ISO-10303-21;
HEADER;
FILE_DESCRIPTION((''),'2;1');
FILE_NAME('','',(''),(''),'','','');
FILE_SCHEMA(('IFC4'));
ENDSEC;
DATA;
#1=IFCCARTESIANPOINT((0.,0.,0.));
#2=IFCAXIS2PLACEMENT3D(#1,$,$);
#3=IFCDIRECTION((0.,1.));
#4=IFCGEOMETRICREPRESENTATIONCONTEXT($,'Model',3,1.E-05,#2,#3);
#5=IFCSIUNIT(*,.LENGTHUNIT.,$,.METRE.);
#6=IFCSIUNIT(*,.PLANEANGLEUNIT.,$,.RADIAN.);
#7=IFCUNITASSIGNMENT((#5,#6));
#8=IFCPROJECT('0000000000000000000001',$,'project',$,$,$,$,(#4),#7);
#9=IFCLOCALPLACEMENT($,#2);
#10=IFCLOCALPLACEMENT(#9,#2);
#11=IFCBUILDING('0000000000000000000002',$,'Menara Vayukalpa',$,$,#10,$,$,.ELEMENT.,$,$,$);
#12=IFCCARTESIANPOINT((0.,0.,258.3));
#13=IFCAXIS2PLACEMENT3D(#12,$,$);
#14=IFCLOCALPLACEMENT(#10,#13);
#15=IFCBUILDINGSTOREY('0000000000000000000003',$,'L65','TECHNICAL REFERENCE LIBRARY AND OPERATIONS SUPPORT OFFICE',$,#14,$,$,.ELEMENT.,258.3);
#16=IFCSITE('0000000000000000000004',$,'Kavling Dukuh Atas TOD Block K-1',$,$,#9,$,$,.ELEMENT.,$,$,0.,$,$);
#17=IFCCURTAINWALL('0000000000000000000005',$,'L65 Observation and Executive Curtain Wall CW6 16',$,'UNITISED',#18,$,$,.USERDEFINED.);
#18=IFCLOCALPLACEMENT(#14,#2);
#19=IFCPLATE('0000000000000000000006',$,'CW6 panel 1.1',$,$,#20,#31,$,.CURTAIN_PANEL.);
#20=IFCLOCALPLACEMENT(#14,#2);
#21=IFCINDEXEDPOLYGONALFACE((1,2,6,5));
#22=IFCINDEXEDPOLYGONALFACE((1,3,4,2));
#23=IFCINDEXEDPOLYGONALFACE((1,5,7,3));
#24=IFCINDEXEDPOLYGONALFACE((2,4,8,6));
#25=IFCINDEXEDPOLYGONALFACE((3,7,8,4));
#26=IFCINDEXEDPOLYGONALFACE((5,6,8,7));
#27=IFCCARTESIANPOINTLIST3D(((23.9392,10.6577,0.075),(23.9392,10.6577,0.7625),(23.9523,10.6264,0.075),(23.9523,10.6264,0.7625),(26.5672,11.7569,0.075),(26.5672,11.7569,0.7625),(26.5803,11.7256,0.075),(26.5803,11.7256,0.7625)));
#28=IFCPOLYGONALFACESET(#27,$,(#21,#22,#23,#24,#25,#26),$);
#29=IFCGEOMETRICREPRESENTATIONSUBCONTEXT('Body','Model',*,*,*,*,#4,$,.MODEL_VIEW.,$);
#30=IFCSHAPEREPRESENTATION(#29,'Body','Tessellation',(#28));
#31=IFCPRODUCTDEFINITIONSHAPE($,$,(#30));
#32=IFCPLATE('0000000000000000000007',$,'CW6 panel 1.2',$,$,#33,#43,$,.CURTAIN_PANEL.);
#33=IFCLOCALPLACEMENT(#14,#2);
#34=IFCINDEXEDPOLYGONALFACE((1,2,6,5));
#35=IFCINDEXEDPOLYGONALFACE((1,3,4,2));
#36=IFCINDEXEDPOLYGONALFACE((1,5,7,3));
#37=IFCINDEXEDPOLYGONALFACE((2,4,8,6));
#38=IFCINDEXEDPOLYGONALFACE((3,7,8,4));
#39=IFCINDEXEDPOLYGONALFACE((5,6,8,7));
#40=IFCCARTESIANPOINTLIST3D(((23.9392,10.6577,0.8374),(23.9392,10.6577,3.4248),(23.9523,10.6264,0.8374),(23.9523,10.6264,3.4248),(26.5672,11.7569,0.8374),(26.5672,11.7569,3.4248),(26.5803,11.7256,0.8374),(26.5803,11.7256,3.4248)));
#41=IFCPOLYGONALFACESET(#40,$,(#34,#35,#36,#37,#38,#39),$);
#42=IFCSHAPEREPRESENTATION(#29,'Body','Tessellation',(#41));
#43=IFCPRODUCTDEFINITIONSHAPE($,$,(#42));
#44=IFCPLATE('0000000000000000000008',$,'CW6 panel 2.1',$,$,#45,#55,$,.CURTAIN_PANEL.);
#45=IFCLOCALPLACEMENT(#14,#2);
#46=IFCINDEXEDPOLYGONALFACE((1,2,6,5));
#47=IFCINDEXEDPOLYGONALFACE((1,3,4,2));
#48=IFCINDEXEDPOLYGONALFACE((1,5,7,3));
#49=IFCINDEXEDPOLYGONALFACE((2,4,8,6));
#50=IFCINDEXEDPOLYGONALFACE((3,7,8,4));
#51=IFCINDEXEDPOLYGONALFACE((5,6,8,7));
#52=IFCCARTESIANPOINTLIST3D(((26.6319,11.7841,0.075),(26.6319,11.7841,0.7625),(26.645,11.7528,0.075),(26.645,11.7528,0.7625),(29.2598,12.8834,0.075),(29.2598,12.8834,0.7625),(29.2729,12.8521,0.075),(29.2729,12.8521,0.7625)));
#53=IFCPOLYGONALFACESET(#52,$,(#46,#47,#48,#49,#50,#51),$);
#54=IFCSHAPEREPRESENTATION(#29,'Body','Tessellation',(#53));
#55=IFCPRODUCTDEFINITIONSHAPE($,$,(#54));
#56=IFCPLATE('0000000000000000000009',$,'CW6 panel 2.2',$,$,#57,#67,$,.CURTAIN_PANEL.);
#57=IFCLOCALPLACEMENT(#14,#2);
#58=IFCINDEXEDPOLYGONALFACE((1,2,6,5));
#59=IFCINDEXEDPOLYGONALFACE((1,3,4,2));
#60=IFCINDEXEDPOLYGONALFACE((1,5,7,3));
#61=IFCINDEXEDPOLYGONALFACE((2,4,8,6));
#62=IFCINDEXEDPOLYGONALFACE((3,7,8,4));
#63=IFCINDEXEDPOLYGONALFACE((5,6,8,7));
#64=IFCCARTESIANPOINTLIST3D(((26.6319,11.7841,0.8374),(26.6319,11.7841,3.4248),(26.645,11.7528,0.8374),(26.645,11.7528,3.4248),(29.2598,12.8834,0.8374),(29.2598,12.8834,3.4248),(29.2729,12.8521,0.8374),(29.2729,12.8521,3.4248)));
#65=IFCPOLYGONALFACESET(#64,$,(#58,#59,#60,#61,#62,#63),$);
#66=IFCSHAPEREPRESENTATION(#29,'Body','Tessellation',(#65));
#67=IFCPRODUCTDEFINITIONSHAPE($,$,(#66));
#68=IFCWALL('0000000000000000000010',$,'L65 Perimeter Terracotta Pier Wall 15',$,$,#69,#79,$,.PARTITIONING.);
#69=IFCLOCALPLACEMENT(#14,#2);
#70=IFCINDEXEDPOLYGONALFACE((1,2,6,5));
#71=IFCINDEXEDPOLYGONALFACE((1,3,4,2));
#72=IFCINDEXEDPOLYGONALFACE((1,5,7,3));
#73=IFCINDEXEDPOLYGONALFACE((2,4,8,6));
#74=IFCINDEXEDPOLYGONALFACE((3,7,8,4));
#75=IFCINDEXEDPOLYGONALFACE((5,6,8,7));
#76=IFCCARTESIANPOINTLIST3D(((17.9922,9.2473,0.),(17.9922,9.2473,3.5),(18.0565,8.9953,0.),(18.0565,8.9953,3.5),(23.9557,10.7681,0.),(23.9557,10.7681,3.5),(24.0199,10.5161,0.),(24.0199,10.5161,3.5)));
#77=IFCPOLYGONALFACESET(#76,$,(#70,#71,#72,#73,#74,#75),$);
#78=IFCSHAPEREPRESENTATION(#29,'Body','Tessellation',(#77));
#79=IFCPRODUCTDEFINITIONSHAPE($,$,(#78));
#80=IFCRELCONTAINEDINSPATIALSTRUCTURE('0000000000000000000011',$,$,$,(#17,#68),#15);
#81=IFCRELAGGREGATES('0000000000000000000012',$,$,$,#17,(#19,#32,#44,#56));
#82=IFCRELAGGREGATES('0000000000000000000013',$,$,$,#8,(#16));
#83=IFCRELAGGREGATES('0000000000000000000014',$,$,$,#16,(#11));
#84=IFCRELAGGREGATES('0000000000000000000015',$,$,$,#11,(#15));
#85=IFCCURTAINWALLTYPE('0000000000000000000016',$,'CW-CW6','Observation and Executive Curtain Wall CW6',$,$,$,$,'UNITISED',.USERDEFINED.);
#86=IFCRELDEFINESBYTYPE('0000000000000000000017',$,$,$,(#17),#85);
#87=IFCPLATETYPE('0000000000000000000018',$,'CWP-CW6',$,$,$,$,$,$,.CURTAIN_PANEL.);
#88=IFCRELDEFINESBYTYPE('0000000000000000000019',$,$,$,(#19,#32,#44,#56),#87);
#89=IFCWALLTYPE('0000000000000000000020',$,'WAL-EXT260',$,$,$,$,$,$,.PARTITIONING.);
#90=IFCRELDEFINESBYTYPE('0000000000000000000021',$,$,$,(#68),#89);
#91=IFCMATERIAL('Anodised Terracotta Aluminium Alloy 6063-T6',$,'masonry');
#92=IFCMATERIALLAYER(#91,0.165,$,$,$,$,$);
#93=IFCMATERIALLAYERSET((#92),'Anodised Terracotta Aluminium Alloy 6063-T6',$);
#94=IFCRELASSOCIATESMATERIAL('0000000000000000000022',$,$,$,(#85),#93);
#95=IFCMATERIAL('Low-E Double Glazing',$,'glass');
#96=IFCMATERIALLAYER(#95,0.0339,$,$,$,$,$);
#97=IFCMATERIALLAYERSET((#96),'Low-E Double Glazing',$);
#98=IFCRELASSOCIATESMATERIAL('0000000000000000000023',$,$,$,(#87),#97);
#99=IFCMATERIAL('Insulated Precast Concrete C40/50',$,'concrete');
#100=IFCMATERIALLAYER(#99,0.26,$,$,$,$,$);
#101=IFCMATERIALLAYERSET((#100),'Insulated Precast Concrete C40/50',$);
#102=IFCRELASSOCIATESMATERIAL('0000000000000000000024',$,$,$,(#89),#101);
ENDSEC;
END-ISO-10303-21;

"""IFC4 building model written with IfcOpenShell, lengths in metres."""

from ifc_helpers import new_model, si_unit, direction, frame, frame_2d, origin, origin_2d, place, context, subcontext, project, spatial, rectangle, extrude, material, layer, layer_set, type_object, element, aggregate, save


model = new_model("IFC4")

# Units and contexts
model_context = context("Model", 3, precision=1e-05, world=origin(), true_north=direction((0.0, 1.0)))
body_context = subcontext(model_context, "Body", "Model", "MODEL_VIEW")
ifc_project = project(units=[si_unit("LENGTHUNIT", "METRE"), si_unit("PLANEANGLEUNIT", "RADIAN")], contexts=[model_context])

# Site, building, storey
site_placement = place(None, origin())
site = spatial("IfcSite", under=ifc_project, at=site_placement, Name="Kavling Dukuh Atas TOD Block K-1", CompositionType="ELEMENT", RefElevation=0.0)
building_placement = place(site_placement, origin())
building = spatial("IfcBuilding", under=site, at=building_placement, Name="Menara Vayukalpa", CompositionType="ELEMENT")
storey_placement = place(building_placement, frame((0.0, 0.0, 258.3)))
storey = spatial("IfcBuildingStorey", under=building, at=storey_placement, Name="L65", Description="TECHNICAL REFERENCE LIBRARY AND OPERATIONS SUPPORT OFFICE", CompositionType="ELEMENT", Elevation=258.3)

# Curtain wall, plates
ifc_material_1 = material(Name="Anodised Terracotta Aluminium Alloy 6063-T6", Category="masonry")
ifc_layer_1 = layer(ifc_material_1, 0.165)
ifc_layer_set_1 = layer_set([ifc_layer_1], Name="Anodised Terracotta Aluminium Alloy 6063-T6")
curtain_wall_type = type_object("IfcCurtainWallType", Name="CW-CW6", Description="Observation and Executive Curtain Wall CW6", ElementType="UNITISED", PredefinedType="USERDEFINED", material=ifc_layer_set_1)
curtain_wall_placement = place(storey_placement, origin())
curtain_wall = element("IfcCurtainWall", 1, at=curtain_wall_placement, inside=storey, type_object=curtain_wall_type, Name="L65 Observation and Executive Curtain Wall CW6 16", ObjectType="UNITISED", PredefinedType="USERDEFINED")
ifc_material_2 = material(Name="Low-E Double Glazing", Category="glass")
ifc_layer_2 = layer(ifc_material_2, 0.0339)
ifc_layer_set_2 = layer_set([ifc_layer_2], Name="Low-E Double Glazing")
plate_type = type_object("IfcPlateType", Name="CWP-CW6", PredefinedType="CURTAIN_PANEL", material=ifc_layer_set_2)
plate_1_placement = place(storey_placement, frame((25.2598, 11.1917, 0.075), z_axis=(0.0, 0.0, 1.0), x_axis=(0.922541, 0.3859, 0.0)))
plate_1 = element("IfcPlate", 2, at=plate_1_placement, type_object=plate_type, Name="CW6 panel 1.1", PredefinedType="CURTAIN_PANEL", context=body_context, shape_type="SweptSolid", body=[
    extrude(rectangle(XDim=2.8486, YDim=0.0339, at=origin_2d()), origin(), (0.0, 0.0, 1.0), 0.6875),
])
plate_2_placement = place(storey_placement, frame((25.2598, 11.1917, 0.8374), z_axis=(0.0, 0.0, 1.0), x_axis=(0.922541, 0.3859, 0.0)))
plate_2 = element("IfcPlate", 3, at=plate_2_placement, type_object=plate_type, Name="CW6 panel 1.2", PredefinedType="CURTAIN_PANEL", context=body_context, shape_type="SweptSolid", body=[
    extrude(rectangle(XDim=2.8486, YDim=0.0339, at=origin_2d()), origin(), (0.0, 0.0, 1.0), 2.5874),
])
plate_3_placement = place(storey_placement, frame((27.9524, 12.3181, 0.075), z_axis=(0.0, 0.0, 1.0), x_axis=(0.922541, 0.3859, 0.0)))
plate_3 = element("IfcPlate", 4, at=plate_3_placement, type_object=plate_type, Name="CW6 panel 2.1", PredefinedType="CURTAIN_PANEL", context=body_context, shape_type="SweptSolid", body=[
    extrude(rectangle(XDim=2.8486, YDim=0.0339, at=origin_2d()), origin(), (0.0, 0.0, 1.0), 0.6875),
])
plate_4_placement = place(storey_placement, frame((27.9524, 12.3181, 0.8374), z_axis=(0.0, 0.0, 1.0), x_axis=(0.922541, 0.3859, 0.0)))
plate_4 = element("IfcPlate", 5, at=plate_4_placement, type_object=plate_type, Name="CW6 panel 2.2", PredefinedType="CURTAIN_PANEL", context=body_context, shape_type="SweptSolid", body=[
    extrude(rectangle(XDim=2.8486, YDim=0.0339, at=origin_2d()), origin(), (0.0, 0.0, 1.0), 2.5874),
])
aggregate(curtain_wall, [plate_1, plate_2, plate_3, plate_4])

# Wall
ifc_material_3 = material(Name="Insulated Precast Concrete C40/50", Category="concrete")
ifc_layer_3 = layer(ifc_material_3, 0.26)
ifc_layer_set_3 = layer_set([ifc_layer_3], Name="Insulated Precast Concrete C40/50")
wall_type = type_object("IfcWallType", Name="WAL-EXT260", PredefinedType="PARTITIONING", material=ifc_layer_set_3)
wall_placement = place(storey_placement, frame((23.9878, 10.6421, 0.0), z_axis=(0.0, 0.0, 1.0), x_axis=(-0.968988, -0.247107, 0.0)))
element("IfcWall", 6, at=wall_placement, inside=storey, type_object=wall_type, Name="L65 Perimeter Terracotta Pier Wall 15", PredefinedType="PARTITIONING", context=body_context, shape_type="SweptSolid", body=[
    extrude(rectangle(XDim=6.1543, YDim=0.26, at=frame_2d((3.0771, 0.0))), origin(), (0.0, 0.0, 1.0), 3.5),
])

save(model, "model.ifc")
